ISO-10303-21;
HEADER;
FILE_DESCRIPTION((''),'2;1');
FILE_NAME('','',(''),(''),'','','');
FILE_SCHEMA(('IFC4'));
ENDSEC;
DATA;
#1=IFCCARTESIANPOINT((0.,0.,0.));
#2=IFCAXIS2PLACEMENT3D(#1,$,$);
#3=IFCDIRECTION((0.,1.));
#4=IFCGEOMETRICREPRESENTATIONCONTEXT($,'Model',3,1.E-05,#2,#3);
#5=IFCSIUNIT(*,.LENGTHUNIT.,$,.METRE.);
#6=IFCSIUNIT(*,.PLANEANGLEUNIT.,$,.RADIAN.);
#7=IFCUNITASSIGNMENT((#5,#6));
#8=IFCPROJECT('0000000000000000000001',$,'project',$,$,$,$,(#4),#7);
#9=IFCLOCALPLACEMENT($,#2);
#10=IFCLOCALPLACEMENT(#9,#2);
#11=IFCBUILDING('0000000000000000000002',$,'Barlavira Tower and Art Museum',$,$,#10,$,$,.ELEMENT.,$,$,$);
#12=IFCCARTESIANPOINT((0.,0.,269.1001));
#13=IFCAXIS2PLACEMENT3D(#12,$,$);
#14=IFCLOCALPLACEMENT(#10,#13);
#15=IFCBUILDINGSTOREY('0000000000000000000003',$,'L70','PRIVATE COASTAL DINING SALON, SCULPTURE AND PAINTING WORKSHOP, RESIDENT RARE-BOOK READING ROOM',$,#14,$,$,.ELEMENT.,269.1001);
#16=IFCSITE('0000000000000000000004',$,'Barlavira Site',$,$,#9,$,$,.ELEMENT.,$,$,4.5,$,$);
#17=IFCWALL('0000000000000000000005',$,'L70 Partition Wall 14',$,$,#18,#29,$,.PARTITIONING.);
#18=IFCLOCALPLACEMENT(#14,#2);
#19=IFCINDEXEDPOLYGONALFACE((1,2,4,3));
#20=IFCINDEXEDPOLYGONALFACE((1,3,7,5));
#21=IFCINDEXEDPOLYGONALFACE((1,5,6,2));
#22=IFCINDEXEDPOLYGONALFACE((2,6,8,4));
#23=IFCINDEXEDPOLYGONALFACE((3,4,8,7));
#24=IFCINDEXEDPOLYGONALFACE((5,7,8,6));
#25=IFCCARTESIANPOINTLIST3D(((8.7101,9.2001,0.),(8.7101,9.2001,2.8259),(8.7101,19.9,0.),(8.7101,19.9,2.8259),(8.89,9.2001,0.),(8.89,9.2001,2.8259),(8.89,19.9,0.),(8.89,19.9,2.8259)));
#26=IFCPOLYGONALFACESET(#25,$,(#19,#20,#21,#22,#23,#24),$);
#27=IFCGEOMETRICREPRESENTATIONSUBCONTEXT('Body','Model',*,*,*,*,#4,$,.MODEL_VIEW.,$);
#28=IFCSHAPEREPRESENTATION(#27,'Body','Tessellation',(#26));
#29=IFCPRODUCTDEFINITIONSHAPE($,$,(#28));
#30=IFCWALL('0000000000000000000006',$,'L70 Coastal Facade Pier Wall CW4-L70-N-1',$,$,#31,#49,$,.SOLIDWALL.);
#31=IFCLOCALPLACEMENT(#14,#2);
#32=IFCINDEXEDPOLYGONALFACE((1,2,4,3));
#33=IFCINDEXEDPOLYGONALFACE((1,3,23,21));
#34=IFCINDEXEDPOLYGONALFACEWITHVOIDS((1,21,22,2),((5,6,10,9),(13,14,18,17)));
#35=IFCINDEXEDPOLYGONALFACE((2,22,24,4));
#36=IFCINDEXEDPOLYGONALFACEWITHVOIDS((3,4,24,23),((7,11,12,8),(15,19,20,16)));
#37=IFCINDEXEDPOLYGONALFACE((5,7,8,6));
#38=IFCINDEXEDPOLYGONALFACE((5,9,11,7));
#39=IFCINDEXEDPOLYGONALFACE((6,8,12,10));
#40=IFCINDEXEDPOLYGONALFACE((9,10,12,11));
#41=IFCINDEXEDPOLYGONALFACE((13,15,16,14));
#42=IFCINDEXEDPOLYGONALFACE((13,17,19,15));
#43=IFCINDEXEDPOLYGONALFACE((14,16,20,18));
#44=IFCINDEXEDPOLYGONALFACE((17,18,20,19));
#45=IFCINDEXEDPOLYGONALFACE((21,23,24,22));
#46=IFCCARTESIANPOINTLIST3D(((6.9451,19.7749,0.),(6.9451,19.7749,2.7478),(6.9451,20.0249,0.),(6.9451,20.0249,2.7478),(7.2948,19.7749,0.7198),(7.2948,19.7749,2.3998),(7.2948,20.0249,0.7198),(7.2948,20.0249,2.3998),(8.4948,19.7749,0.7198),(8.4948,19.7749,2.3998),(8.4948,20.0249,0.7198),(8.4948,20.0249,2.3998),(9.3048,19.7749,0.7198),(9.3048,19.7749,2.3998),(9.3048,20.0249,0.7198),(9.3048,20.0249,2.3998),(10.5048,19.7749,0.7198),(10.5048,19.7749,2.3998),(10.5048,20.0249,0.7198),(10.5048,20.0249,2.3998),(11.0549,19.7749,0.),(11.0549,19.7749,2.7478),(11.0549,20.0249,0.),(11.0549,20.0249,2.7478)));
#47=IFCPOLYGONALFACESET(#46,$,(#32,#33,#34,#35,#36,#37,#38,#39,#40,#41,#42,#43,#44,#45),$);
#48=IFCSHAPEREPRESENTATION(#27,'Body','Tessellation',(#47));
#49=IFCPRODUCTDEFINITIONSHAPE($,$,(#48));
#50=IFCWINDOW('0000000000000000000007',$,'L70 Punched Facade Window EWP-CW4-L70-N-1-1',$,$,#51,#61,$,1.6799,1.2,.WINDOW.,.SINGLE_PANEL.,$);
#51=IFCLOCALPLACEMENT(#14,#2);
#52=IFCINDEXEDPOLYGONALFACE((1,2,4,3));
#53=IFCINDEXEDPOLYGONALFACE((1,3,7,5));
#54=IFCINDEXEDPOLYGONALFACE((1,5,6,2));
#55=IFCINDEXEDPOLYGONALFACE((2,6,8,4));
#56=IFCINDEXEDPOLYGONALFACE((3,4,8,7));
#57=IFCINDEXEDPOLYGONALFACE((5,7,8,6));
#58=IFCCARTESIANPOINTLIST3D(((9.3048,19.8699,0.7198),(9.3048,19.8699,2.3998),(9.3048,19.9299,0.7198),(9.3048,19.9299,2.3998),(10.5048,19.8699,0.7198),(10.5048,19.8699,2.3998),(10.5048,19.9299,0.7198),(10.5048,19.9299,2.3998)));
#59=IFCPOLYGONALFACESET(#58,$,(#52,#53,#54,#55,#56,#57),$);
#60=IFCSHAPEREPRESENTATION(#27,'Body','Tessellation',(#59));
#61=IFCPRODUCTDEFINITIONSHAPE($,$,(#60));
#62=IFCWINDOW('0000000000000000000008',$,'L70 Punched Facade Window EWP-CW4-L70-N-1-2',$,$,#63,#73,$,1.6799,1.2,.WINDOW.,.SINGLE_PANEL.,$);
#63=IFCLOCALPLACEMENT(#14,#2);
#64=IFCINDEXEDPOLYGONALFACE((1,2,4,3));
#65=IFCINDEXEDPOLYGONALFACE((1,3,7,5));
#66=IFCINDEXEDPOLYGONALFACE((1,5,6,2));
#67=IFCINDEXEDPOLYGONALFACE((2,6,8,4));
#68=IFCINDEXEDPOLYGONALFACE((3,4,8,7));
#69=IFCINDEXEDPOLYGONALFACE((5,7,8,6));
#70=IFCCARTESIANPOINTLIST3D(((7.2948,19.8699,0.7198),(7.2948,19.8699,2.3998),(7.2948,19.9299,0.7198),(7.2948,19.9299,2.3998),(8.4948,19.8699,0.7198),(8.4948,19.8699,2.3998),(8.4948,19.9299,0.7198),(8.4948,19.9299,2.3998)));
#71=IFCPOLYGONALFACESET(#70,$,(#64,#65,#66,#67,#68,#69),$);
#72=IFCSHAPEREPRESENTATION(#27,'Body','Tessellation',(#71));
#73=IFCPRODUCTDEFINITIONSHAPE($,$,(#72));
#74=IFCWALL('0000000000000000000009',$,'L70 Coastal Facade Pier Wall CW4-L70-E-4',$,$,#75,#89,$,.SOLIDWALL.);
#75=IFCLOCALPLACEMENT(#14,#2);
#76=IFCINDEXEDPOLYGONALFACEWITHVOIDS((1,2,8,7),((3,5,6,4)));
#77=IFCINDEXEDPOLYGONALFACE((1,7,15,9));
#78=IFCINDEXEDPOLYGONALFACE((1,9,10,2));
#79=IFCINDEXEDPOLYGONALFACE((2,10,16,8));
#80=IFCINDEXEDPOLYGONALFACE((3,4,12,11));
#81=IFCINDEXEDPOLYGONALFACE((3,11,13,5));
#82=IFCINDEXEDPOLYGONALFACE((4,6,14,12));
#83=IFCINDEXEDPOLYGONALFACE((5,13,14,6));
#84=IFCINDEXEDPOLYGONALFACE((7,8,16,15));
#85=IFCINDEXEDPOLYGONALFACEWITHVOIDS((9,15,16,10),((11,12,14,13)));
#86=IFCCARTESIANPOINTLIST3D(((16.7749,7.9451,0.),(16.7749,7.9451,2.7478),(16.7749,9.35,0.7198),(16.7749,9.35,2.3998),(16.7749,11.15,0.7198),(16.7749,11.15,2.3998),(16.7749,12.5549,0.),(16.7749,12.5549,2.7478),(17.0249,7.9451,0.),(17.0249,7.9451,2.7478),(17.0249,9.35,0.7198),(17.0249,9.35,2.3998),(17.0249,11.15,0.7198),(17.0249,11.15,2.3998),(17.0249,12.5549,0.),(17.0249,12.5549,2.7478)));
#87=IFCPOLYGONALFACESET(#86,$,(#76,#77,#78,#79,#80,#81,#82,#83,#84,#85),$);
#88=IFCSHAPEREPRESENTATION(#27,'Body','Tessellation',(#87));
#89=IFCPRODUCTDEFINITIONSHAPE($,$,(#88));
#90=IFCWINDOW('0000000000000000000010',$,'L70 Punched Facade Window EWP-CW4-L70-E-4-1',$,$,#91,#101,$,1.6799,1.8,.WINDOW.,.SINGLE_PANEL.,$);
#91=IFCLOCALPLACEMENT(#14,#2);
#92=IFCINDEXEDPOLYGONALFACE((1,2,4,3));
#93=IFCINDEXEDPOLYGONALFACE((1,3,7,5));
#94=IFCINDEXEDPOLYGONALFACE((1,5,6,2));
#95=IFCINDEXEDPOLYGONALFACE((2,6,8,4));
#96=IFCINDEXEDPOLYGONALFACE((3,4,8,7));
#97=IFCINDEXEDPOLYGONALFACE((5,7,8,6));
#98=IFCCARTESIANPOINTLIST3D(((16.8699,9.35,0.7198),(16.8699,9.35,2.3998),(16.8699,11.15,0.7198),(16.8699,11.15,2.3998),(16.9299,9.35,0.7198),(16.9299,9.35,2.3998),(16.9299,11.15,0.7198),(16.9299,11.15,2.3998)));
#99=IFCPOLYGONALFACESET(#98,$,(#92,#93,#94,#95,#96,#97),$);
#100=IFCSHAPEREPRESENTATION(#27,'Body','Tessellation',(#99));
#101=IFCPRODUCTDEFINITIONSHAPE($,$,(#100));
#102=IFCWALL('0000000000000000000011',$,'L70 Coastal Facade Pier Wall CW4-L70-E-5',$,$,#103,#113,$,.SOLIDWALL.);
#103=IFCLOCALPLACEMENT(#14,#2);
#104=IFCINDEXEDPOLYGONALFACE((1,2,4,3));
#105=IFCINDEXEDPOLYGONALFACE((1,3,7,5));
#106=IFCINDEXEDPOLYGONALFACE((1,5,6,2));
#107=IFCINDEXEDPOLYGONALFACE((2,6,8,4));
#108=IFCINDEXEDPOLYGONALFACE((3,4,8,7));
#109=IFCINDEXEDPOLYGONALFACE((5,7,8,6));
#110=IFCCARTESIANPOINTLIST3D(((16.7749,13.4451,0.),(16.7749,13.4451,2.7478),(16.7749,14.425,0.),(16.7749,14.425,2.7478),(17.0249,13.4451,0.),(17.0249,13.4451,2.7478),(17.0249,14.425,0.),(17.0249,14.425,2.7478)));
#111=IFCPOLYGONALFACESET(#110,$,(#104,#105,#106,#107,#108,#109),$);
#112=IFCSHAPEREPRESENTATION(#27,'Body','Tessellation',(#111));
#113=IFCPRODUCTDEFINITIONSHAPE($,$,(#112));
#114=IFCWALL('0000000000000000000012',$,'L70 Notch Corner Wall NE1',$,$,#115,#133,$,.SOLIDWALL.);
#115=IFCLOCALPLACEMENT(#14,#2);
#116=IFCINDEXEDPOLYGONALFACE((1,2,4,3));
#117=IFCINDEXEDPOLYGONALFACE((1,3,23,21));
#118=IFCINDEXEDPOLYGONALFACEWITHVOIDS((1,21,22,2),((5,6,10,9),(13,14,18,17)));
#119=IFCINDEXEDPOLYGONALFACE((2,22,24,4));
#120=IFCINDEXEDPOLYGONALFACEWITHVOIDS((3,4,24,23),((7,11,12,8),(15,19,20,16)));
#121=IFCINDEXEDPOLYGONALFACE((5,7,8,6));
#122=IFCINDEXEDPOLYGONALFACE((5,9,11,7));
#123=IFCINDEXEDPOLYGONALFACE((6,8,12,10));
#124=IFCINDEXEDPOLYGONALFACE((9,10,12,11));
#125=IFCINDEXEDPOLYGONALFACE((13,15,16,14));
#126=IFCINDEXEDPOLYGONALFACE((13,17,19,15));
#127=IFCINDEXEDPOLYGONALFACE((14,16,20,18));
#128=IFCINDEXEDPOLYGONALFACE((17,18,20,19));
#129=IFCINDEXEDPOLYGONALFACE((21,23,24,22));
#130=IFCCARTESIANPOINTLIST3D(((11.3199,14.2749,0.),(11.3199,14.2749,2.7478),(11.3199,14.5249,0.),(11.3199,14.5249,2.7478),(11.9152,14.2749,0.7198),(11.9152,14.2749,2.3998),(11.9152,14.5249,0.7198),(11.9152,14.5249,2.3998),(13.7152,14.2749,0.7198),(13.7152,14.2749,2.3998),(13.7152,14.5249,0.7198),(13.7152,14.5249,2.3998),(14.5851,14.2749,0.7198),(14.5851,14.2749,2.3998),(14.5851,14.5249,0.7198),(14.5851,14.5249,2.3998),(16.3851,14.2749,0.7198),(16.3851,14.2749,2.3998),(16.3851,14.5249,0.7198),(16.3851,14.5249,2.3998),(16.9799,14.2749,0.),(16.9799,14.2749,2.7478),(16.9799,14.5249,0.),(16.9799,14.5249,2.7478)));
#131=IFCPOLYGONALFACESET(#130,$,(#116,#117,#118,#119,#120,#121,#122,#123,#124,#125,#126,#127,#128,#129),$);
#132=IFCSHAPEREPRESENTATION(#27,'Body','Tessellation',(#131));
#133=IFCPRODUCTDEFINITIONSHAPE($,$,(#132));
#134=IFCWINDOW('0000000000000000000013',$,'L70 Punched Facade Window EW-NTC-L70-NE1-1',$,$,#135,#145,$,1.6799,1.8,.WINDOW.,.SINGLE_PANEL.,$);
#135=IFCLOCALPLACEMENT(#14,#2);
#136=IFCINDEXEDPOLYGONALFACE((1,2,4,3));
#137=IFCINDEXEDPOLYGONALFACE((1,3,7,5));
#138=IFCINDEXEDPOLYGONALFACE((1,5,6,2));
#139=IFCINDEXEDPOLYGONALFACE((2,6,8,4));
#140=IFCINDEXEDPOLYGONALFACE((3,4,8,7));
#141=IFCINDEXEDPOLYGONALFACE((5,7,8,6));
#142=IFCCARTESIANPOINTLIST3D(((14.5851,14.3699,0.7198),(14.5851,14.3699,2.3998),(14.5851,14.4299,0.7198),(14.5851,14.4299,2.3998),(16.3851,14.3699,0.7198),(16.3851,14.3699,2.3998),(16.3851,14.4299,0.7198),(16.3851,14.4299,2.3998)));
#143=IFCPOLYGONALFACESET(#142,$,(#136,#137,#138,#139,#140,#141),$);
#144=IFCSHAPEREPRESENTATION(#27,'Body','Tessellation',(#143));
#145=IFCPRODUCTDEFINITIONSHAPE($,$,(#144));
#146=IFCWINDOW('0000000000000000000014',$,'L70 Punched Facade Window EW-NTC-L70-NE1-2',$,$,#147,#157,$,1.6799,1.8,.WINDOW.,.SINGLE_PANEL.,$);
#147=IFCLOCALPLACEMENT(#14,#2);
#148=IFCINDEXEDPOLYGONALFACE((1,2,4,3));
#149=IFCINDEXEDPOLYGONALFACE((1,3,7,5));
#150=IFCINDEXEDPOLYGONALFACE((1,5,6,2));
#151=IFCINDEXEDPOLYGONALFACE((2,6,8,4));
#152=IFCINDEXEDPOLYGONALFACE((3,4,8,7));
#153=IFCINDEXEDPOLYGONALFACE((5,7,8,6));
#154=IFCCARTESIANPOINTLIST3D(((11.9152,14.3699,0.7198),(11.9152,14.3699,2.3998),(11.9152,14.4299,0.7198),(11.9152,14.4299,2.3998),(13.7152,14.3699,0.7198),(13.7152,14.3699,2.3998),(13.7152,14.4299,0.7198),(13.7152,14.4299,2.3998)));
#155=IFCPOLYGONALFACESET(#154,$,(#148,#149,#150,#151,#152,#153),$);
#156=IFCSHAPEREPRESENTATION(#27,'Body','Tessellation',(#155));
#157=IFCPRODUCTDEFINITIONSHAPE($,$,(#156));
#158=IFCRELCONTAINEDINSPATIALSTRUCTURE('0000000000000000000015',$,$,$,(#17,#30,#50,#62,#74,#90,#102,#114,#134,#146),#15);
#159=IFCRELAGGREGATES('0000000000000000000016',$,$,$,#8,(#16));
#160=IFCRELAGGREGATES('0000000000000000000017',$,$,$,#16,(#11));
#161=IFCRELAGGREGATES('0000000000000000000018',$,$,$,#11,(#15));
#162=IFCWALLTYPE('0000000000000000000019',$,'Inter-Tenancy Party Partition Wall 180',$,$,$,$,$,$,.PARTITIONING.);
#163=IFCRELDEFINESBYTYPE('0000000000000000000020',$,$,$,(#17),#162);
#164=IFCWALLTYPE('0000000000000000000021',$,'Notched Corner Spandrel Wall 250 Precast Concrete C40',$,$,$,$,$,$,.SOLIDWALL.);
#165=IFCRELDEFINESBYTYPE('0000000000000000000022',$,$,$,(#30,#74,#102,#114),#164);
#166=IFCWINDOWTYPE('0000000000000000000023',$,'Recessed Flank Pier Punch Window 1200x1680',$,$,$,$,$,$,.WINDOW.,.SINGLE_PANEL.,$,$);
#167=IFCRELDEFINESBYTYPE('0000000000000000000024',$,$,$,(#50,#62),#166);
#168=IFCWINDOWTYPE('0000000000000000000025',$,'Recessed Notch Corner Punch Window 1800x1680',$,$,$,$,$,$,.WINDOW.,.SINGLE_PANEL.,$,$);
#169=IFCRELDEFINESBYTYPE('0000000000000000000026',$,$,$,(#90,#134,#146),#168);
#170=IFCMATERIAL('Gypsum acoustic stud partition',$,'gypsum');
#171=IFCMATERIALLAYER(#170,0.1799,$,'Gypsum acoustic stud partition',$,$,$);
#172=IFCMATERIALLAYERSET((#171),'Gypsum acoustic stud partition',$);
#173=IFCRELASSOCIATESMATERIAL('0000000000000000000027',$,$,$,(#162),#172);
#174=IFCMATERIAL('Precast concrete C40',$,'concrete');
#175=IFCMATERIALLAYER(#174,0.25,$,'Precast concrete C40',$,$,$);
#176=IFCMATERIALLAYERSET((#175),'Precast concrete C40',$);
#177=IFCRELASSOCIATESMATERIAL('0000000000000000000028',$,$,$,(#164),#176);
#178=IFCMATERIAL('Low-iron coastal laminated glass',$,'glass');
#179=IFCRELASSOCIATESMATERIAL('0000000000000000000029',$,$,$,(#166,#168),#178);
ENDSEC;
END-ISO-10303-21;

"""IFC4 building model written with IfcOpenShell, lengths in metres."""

from ifc_helpers import new_model, si_unit, direction, frame, frame_2d, origin, place, context, subcontext, project, spatial, rectangle, extrude, material, layer, layer_set, type_object, element, fill, save


model = new_model("IFC4")

# Units and contexts
model_context = context("Model", 3, precision=1e-05, world=origin(), true_north=direction((0.0, 1.0)))
body_context = subcontext(model_context, "Body", "Model", "MODEL_VIEW")
ifc_project = project(units=[si_unit("LENGTHUNIT", "METRE"), si_unit("PLANEANGLEUNIT", "RADIAN")], contexts=[model_context])

# Site, building, storey
site_placement = place(None, origin())
site = spatial("IfcSite", under=ifc_project, at=site_placement, Name="Barlavira Site", CompositionType="ELEMENT", RefElevation=4.5)
building_placement = place(site_placement, origin())
building = spatial("IfcBuilding", under=site, at=building_placement, Name="Barlavira Tower and Art Museum", CompositionType="ELEMENT")
storey_placement = place(building_placement, frame((0.0, 0.0, 269.1001)))
storey = spatial("IfcBuildingStorey", under=building, at=storey_placement, Name="L70", Description="PRIVATE COASTAL DINING SALON, SCULPTURE AND PAINTING WORKSHOP, RESIDENT RARE-BOOK READING ROOM", CompositionType="ELEMENT", Elevation=269.1001)

# Wall
ifc_material_1 = material(Name="Gypsum acoustic stud partition", Category="gypsum")
ifc_layer_1 = layer(ifc_material_1, 0.1799, Name="Gypsum acoustic stud partition")
ifc_layer_set_1 = layer_set([ifc_layer_1], Name="Gypsum acoustic stud partition")
wall_type_1 = type_object("IfcWallType", Name="Inter-Tenancy Party Partition Wall 180", PredefinedType="PARTITIONING", material=ifc_layer_set_1)
wall_1_placement = place(storey_placement, frame((8.8, 9.2, 0.0), z_axis=(0.0, 0.0, 1.0), x_axis=(0.0, 1.0, 0.0)))
element("IfcWall", 1, at=wall_1_placement, inside=storey, type_object=wall_type_1, Name="L70 Partition Wall 14", PredefinedType="PARTITIONING", context=body_context, shape_type="SweptSolid", body=[
    extrude(rectangle(XDim=10.7, YDim=0.1799, at=frame_2d((5.3501, 0.0))), origin(), (0.0, 0.0, 1.0), 2.8259),
])

# Wall, openings, windows
ifc_material_2 = material(Name="Precast concrete C40", Category="concrete")
ifc_layer_2 = layer(ifc_material_2, 0.25, Name="Precast concrete C40")
ifc_layer_set_2 = layer_set([ifc_layer_2], Name="Precast concrete C40")
wall_type_2 = type_object("IfcWallType", Name="Notched Corner Spandrel Wall 250 Precast Concrete C40", PredefinedType="SOLIDWALL", material=ifc_layer_set_2)
wall_2_placement = place(storey_placement, frame((11.0549, 19.8999, 0.0), z_axis=(0.0, 0.0, 1.0), x_axis=(-1.0, 0.0, 0.0)))
wall_2 = element("IfcWall", 2, at=wall_2_placement, inside=storey, type_object=wall_type_2, Name="L70 Coastal Facade Pier Wall CW4-L70-N-1", PredefinedType="SOLIDWALL", context=body_context, shape_type="SweptSolid", body=[
    extrude(rectangle(XDim=4.1099, YDim=0.25, at=frame_2d((2.0549, 0.0))), origin(), (0.0, 0.0, 1.0), 2.7478),
])
opening_1_placement = place(wall_2_placement, frame((0.55, 0.0, 0.72)))
opening_1 = element("IfcOpeningElement", 3, at=opening_1_placement, cuts=wall_2, PredefinedType="OPENING", context=body_context, shape_type="SweptSolid", body=[
    extrude(rectangle(XDim=1.2, YDim=1.6799, at=frame_2d((0.6001, 0.8398))), frame((0.0, 0.135, 0.0), z_axis=(0.0, -1.0, 0.0), x_axis=(1.0, 0.0, 0.0)), (0.0, 0.0, 1.0), 0.27),
])
opening_2_placement = place(wall_2_placement, frame((2.5601, 0.0, 0.72)))
opening_2 = element("IfcOpeningElement", 4, at=opening_2_placement, cuts=wall_2, PredefinedType="OPENING", context=body_context, shape_type="SweptSolid", body=[
    extrude(rectangle(XDim=1.2, YDim=1.6799, at=frame_2d((0.6001, 0.8398))), frame((0.0, 0.135, 0.0), z_axis=(0.0, -1.0, 0.0), x_axis=(1.0, 0.0, 0.0)), (0.0, 0.0, 1.0), 0.27),
])
ifc_material_3 = material(Name="Low-iron coastal laminated glass", Category="glass")
window_type_1 = type_object("IfcWindowType", Name="Recessed Flank Pier Punch Window 1200x1680", PartitioningType="SINGLE_PANEL", PredefinedType="WINDOW", material=ifc_material_3)
window_1_placement = place(opening_1_placement, origin())
window_1 = element("IfcWindow", 5, at=window_1_placement, inside=storey, type_object=window_type_1, Name="L70 Punched Facade Window EWP-CW4-L70-N-1-1", OverallHeight=1.6799, OverallWidth=1.2, PartitioningType="SINGLE_PANEL", PredefinedType="WINDOW", context=body_context, shape_type="SweptSolid", body=[
    extrude(rectangle(XDim=1.2, YDim=1.6799, at=frame_2d((0.6001, 0.8398))), frame((0.0, 0.03, 0.0), z_axis=(0.0, -1.0, 0.0), x_axis=(1.0, 0.0, 0.0)), (0.0, 0.0, 1.0), 0.0601),
])
fill(opening_1, window_1)
window_2_placement = place(opening_2_placement, origin())
window_2 = element("IfcWindow", 6, at=window_2_placement, inside=storey, type_object=window_type_1, Name="L70 Punched Facade Window EWP-CW4-L70-N-1-2", OverallHeight=1.6799, OverallWidth=1.2, PartitioningType="SINGLE_PANEL", PredefinedType="WINDOW", context=body_context, shape_type="SweptSolid", body=[
    extrude(rectangle(XDim=1.2, YDim=1.6799, at=frame_2d((0.6001, 0.8398))), frame((0.0, 0.03, 0.0), z_axis=(0.0, -1.0, 0.0), x_axis=(1.0, 0.0, 0.0)), (0.0, 0.0, 1.0), 0.0601),
])
fill(opening_2, window_2)

# Wall, opening, window
wall_3_placement = place(storey_placement, frame((16.8999, 7.9451, 0.0), z_axis=(0.0, 0.0, 1.0), x_axis=(0.0, 1.0, 0.0)))
wall_3 = element("IfcWall", 7, at=wall_3_placement, inside=storey, type_object=wall_type_2, Name="L70 Coastal Facade Pier Wall CW4-L70-E-4", PredefinedType="SOLIDWALL", context=body_context, shape_type="SweptSolid", body=[
    extrude(rectangle(XDim=4.6099, YDim=0.25, at=frame_2d((2.3049, 0.0))), origin(), (0.0, 0.0, 1.0), 2.7478),
])
opening_3_placement = place(wall_3_placement, frame((1.405, 0.0, 0.72)))
opening_3 = element("IfcOpeningElement", 8, at=opening_3_placement, cuts=wall_3, PredefinedType="OPENING", context=body_context, shape_type="SweptSolid", body=[
    extrude(rectangle(XDim=1.8, YDim=1.6799, at=frame_2d((0.8999, 0.8398))), frame((0.0, 0.135, 0.0), z_axis=(0.0, -1.0, 0.0), x_axis=(1.0, 0.0, 0.0)), (0.0, 0.0, 1.0), 0.27),
])
window_type_2 = type_object("IfcWindowType", Name="Recessed Notch Corner Punch Window 1800x1680", PartitioningType="SINGLE_PANEL", PredefinedType="WINDOW", material=ifc_material_3)
window_3_placement = place(opening_3_placement, origin())
window_3 = element("IfcWindow", 9, at=window_3_placement, inside=storey, type_object=window_type_2, Name="L70 Punched Facade Window EWP-CW4-L70-E-4-1", OverallHeight=1.6799, OverallWidth=1.8, PartitioningType="SINGLE_PANEL", PredefinedType="WINDOW", context=body_context, shape_type="SweptSolid", body=[
    extrude(rectangle(XDim=1.8, YDim=1.6799, at=frame_2d((0.8999, 0.8398))), frame((0.0, 0.03, 0.0), z_axis=(0.0, -1.0, 0.0), x_axis=(1.0, 0.0, 0.0)), (0.0, 0.0, 1.0), 0.0601),
])
fill(opening_3, window_3)

# Wall
wall_4_placement = place(storey_placement, frame((16.8999, 13.4451, 0.0), z_axis=(0.0, 0.0, 1.0), x_axis=(0.0, 1.0, 0.0)))
element("IfcWall", 10, at=wall_4_placement, inside=storey, type_object=wall_type_2, Name="L70 Coastal Facade Pier Wall CW4-L70-E-5", PredefinedType="SOLIDWALL", context=body_context, shape_type="SweptSolid", body=[
    extrude(rectangle(XDim=0.98, YDim=0.25, at=frame_2d((0.49, 0.0))), origin(), (0.0, 0.0, 1.0), 2.7478),
])

# Wall, openings, windows
wall_5_placement = place(storey_placement, frame((16.98, 14.3999, 0.0), z_axis=(0.0, 0.0, 1.0), x_axis=(-1.0, 0.0, 0.0)))
wall_5 = element("IfcWall", 11, at=wall_5_placement, inside=storey, type_object=wall_type_2, Name="L70 Notch Corner Wall NE1", PredefinedType="SOLIDWALL", context=body_context, shape_type="SweptSolid", body=[
    extrude(rectangle(XDim=5.6599, YDim=0.25, at=frame_2d((2.8301, 0.0))), origin(), (0.0, 0.0, 1.0), 2.7478),
])
opening_4_placement = place(wall_5_placement, frame((0.595, 0.0, 0.72)))
opening_4 = element("IfcOpeningElement", 12, at=opening_4_placement, cuts=wall_5, PredefinedType="OPENING", context=body_context, shape_type="SweptSolid", body=[
    extrude(rectangle(XDim=1.8, YDim=1.6799, at=frame_2d((0.8999, 0.8398))), frame((0.0, 0.135, 0.0), z_axis=(0.0, -1.0, 0.0), x_axis=(1.0, 0.0, 0.0)), (0.0, 0.0, 1.0), 0.27),
])
opening_5_placement = place(wall_5_placement, frame((3.2649, 0.0, 0.72)))
opening_5 = element("IfcOpeningElement", 13, at=opening_5_placement, cuts=wall_5, PredefinedType="OPENING", context=body_context, shape_type="SweptSolid", body=[
    extrude(rectangle(XDim=1.8, YDim=1.6799, at=frame_2d((0.8999, 0.8398))), frame((0.0, 0.135, 0.0), z_axis=(0.0, -1.0, 0.0), x_axis=(1.0, 0.0, 0.0)), (0.0, 0.0, 1.0), 0.27),
])
window_4_placement = place(opening_4_placement, origin())
window_4 = element("IfcWindow", 14, at=window_4_placement, inside=storey, type_object=window_type_2, Name="L70 Punched Facade Window EW-NTC-L70-NE1-1", OverallHeight=1.6799, OverallWidth=1.8, PartitioningType="SINGLE_PANEL", PredefinedType="WINDOW", context=body_context, shape_type="SweptSolid", body=[
    extrude(rectangle(XDim=1.8, YDim=1.6799, at=frame_2d((0.8999, 0.8398))), frame((0.0, 0.03, 0.0), z_axis=(0.0, -1.0, 0.0), x_axis=(1.0, 0.0, 0.0)), (0.0, 0.0, 1.0), 0.0601),
])
fill(opening_4, window_4)
window_5_placement = place(opening_5_placement, origin())
window_5 = element("IfcWindow", 15, at=window_5_placement, inside=storey, type_object=window_type_2, Name="L70 Punched Facade Window EW-NTC-L70-NE1-2", OverallHeight=1.6799, OverallWidth=1.8, PartitioningType="SINGLE_PANEL", PredefinedType="WINDOW", context=body_context, shape_type="SweptSolid", body=[
    extrude(rectangle(XDim=1.8, YDim=1.6799, at=frame_2d((0.8999, 0.8398))), frame((0.0, 0.03, 0.0), z_axis=(0.0, -1.0, 0.0), x_axis=(1.0, 0.0, 0.0)), (0.0, 0.0, 1.0), 0.0601),
])
fill(opening_5, window_5)

save(model, "model.ifc")
